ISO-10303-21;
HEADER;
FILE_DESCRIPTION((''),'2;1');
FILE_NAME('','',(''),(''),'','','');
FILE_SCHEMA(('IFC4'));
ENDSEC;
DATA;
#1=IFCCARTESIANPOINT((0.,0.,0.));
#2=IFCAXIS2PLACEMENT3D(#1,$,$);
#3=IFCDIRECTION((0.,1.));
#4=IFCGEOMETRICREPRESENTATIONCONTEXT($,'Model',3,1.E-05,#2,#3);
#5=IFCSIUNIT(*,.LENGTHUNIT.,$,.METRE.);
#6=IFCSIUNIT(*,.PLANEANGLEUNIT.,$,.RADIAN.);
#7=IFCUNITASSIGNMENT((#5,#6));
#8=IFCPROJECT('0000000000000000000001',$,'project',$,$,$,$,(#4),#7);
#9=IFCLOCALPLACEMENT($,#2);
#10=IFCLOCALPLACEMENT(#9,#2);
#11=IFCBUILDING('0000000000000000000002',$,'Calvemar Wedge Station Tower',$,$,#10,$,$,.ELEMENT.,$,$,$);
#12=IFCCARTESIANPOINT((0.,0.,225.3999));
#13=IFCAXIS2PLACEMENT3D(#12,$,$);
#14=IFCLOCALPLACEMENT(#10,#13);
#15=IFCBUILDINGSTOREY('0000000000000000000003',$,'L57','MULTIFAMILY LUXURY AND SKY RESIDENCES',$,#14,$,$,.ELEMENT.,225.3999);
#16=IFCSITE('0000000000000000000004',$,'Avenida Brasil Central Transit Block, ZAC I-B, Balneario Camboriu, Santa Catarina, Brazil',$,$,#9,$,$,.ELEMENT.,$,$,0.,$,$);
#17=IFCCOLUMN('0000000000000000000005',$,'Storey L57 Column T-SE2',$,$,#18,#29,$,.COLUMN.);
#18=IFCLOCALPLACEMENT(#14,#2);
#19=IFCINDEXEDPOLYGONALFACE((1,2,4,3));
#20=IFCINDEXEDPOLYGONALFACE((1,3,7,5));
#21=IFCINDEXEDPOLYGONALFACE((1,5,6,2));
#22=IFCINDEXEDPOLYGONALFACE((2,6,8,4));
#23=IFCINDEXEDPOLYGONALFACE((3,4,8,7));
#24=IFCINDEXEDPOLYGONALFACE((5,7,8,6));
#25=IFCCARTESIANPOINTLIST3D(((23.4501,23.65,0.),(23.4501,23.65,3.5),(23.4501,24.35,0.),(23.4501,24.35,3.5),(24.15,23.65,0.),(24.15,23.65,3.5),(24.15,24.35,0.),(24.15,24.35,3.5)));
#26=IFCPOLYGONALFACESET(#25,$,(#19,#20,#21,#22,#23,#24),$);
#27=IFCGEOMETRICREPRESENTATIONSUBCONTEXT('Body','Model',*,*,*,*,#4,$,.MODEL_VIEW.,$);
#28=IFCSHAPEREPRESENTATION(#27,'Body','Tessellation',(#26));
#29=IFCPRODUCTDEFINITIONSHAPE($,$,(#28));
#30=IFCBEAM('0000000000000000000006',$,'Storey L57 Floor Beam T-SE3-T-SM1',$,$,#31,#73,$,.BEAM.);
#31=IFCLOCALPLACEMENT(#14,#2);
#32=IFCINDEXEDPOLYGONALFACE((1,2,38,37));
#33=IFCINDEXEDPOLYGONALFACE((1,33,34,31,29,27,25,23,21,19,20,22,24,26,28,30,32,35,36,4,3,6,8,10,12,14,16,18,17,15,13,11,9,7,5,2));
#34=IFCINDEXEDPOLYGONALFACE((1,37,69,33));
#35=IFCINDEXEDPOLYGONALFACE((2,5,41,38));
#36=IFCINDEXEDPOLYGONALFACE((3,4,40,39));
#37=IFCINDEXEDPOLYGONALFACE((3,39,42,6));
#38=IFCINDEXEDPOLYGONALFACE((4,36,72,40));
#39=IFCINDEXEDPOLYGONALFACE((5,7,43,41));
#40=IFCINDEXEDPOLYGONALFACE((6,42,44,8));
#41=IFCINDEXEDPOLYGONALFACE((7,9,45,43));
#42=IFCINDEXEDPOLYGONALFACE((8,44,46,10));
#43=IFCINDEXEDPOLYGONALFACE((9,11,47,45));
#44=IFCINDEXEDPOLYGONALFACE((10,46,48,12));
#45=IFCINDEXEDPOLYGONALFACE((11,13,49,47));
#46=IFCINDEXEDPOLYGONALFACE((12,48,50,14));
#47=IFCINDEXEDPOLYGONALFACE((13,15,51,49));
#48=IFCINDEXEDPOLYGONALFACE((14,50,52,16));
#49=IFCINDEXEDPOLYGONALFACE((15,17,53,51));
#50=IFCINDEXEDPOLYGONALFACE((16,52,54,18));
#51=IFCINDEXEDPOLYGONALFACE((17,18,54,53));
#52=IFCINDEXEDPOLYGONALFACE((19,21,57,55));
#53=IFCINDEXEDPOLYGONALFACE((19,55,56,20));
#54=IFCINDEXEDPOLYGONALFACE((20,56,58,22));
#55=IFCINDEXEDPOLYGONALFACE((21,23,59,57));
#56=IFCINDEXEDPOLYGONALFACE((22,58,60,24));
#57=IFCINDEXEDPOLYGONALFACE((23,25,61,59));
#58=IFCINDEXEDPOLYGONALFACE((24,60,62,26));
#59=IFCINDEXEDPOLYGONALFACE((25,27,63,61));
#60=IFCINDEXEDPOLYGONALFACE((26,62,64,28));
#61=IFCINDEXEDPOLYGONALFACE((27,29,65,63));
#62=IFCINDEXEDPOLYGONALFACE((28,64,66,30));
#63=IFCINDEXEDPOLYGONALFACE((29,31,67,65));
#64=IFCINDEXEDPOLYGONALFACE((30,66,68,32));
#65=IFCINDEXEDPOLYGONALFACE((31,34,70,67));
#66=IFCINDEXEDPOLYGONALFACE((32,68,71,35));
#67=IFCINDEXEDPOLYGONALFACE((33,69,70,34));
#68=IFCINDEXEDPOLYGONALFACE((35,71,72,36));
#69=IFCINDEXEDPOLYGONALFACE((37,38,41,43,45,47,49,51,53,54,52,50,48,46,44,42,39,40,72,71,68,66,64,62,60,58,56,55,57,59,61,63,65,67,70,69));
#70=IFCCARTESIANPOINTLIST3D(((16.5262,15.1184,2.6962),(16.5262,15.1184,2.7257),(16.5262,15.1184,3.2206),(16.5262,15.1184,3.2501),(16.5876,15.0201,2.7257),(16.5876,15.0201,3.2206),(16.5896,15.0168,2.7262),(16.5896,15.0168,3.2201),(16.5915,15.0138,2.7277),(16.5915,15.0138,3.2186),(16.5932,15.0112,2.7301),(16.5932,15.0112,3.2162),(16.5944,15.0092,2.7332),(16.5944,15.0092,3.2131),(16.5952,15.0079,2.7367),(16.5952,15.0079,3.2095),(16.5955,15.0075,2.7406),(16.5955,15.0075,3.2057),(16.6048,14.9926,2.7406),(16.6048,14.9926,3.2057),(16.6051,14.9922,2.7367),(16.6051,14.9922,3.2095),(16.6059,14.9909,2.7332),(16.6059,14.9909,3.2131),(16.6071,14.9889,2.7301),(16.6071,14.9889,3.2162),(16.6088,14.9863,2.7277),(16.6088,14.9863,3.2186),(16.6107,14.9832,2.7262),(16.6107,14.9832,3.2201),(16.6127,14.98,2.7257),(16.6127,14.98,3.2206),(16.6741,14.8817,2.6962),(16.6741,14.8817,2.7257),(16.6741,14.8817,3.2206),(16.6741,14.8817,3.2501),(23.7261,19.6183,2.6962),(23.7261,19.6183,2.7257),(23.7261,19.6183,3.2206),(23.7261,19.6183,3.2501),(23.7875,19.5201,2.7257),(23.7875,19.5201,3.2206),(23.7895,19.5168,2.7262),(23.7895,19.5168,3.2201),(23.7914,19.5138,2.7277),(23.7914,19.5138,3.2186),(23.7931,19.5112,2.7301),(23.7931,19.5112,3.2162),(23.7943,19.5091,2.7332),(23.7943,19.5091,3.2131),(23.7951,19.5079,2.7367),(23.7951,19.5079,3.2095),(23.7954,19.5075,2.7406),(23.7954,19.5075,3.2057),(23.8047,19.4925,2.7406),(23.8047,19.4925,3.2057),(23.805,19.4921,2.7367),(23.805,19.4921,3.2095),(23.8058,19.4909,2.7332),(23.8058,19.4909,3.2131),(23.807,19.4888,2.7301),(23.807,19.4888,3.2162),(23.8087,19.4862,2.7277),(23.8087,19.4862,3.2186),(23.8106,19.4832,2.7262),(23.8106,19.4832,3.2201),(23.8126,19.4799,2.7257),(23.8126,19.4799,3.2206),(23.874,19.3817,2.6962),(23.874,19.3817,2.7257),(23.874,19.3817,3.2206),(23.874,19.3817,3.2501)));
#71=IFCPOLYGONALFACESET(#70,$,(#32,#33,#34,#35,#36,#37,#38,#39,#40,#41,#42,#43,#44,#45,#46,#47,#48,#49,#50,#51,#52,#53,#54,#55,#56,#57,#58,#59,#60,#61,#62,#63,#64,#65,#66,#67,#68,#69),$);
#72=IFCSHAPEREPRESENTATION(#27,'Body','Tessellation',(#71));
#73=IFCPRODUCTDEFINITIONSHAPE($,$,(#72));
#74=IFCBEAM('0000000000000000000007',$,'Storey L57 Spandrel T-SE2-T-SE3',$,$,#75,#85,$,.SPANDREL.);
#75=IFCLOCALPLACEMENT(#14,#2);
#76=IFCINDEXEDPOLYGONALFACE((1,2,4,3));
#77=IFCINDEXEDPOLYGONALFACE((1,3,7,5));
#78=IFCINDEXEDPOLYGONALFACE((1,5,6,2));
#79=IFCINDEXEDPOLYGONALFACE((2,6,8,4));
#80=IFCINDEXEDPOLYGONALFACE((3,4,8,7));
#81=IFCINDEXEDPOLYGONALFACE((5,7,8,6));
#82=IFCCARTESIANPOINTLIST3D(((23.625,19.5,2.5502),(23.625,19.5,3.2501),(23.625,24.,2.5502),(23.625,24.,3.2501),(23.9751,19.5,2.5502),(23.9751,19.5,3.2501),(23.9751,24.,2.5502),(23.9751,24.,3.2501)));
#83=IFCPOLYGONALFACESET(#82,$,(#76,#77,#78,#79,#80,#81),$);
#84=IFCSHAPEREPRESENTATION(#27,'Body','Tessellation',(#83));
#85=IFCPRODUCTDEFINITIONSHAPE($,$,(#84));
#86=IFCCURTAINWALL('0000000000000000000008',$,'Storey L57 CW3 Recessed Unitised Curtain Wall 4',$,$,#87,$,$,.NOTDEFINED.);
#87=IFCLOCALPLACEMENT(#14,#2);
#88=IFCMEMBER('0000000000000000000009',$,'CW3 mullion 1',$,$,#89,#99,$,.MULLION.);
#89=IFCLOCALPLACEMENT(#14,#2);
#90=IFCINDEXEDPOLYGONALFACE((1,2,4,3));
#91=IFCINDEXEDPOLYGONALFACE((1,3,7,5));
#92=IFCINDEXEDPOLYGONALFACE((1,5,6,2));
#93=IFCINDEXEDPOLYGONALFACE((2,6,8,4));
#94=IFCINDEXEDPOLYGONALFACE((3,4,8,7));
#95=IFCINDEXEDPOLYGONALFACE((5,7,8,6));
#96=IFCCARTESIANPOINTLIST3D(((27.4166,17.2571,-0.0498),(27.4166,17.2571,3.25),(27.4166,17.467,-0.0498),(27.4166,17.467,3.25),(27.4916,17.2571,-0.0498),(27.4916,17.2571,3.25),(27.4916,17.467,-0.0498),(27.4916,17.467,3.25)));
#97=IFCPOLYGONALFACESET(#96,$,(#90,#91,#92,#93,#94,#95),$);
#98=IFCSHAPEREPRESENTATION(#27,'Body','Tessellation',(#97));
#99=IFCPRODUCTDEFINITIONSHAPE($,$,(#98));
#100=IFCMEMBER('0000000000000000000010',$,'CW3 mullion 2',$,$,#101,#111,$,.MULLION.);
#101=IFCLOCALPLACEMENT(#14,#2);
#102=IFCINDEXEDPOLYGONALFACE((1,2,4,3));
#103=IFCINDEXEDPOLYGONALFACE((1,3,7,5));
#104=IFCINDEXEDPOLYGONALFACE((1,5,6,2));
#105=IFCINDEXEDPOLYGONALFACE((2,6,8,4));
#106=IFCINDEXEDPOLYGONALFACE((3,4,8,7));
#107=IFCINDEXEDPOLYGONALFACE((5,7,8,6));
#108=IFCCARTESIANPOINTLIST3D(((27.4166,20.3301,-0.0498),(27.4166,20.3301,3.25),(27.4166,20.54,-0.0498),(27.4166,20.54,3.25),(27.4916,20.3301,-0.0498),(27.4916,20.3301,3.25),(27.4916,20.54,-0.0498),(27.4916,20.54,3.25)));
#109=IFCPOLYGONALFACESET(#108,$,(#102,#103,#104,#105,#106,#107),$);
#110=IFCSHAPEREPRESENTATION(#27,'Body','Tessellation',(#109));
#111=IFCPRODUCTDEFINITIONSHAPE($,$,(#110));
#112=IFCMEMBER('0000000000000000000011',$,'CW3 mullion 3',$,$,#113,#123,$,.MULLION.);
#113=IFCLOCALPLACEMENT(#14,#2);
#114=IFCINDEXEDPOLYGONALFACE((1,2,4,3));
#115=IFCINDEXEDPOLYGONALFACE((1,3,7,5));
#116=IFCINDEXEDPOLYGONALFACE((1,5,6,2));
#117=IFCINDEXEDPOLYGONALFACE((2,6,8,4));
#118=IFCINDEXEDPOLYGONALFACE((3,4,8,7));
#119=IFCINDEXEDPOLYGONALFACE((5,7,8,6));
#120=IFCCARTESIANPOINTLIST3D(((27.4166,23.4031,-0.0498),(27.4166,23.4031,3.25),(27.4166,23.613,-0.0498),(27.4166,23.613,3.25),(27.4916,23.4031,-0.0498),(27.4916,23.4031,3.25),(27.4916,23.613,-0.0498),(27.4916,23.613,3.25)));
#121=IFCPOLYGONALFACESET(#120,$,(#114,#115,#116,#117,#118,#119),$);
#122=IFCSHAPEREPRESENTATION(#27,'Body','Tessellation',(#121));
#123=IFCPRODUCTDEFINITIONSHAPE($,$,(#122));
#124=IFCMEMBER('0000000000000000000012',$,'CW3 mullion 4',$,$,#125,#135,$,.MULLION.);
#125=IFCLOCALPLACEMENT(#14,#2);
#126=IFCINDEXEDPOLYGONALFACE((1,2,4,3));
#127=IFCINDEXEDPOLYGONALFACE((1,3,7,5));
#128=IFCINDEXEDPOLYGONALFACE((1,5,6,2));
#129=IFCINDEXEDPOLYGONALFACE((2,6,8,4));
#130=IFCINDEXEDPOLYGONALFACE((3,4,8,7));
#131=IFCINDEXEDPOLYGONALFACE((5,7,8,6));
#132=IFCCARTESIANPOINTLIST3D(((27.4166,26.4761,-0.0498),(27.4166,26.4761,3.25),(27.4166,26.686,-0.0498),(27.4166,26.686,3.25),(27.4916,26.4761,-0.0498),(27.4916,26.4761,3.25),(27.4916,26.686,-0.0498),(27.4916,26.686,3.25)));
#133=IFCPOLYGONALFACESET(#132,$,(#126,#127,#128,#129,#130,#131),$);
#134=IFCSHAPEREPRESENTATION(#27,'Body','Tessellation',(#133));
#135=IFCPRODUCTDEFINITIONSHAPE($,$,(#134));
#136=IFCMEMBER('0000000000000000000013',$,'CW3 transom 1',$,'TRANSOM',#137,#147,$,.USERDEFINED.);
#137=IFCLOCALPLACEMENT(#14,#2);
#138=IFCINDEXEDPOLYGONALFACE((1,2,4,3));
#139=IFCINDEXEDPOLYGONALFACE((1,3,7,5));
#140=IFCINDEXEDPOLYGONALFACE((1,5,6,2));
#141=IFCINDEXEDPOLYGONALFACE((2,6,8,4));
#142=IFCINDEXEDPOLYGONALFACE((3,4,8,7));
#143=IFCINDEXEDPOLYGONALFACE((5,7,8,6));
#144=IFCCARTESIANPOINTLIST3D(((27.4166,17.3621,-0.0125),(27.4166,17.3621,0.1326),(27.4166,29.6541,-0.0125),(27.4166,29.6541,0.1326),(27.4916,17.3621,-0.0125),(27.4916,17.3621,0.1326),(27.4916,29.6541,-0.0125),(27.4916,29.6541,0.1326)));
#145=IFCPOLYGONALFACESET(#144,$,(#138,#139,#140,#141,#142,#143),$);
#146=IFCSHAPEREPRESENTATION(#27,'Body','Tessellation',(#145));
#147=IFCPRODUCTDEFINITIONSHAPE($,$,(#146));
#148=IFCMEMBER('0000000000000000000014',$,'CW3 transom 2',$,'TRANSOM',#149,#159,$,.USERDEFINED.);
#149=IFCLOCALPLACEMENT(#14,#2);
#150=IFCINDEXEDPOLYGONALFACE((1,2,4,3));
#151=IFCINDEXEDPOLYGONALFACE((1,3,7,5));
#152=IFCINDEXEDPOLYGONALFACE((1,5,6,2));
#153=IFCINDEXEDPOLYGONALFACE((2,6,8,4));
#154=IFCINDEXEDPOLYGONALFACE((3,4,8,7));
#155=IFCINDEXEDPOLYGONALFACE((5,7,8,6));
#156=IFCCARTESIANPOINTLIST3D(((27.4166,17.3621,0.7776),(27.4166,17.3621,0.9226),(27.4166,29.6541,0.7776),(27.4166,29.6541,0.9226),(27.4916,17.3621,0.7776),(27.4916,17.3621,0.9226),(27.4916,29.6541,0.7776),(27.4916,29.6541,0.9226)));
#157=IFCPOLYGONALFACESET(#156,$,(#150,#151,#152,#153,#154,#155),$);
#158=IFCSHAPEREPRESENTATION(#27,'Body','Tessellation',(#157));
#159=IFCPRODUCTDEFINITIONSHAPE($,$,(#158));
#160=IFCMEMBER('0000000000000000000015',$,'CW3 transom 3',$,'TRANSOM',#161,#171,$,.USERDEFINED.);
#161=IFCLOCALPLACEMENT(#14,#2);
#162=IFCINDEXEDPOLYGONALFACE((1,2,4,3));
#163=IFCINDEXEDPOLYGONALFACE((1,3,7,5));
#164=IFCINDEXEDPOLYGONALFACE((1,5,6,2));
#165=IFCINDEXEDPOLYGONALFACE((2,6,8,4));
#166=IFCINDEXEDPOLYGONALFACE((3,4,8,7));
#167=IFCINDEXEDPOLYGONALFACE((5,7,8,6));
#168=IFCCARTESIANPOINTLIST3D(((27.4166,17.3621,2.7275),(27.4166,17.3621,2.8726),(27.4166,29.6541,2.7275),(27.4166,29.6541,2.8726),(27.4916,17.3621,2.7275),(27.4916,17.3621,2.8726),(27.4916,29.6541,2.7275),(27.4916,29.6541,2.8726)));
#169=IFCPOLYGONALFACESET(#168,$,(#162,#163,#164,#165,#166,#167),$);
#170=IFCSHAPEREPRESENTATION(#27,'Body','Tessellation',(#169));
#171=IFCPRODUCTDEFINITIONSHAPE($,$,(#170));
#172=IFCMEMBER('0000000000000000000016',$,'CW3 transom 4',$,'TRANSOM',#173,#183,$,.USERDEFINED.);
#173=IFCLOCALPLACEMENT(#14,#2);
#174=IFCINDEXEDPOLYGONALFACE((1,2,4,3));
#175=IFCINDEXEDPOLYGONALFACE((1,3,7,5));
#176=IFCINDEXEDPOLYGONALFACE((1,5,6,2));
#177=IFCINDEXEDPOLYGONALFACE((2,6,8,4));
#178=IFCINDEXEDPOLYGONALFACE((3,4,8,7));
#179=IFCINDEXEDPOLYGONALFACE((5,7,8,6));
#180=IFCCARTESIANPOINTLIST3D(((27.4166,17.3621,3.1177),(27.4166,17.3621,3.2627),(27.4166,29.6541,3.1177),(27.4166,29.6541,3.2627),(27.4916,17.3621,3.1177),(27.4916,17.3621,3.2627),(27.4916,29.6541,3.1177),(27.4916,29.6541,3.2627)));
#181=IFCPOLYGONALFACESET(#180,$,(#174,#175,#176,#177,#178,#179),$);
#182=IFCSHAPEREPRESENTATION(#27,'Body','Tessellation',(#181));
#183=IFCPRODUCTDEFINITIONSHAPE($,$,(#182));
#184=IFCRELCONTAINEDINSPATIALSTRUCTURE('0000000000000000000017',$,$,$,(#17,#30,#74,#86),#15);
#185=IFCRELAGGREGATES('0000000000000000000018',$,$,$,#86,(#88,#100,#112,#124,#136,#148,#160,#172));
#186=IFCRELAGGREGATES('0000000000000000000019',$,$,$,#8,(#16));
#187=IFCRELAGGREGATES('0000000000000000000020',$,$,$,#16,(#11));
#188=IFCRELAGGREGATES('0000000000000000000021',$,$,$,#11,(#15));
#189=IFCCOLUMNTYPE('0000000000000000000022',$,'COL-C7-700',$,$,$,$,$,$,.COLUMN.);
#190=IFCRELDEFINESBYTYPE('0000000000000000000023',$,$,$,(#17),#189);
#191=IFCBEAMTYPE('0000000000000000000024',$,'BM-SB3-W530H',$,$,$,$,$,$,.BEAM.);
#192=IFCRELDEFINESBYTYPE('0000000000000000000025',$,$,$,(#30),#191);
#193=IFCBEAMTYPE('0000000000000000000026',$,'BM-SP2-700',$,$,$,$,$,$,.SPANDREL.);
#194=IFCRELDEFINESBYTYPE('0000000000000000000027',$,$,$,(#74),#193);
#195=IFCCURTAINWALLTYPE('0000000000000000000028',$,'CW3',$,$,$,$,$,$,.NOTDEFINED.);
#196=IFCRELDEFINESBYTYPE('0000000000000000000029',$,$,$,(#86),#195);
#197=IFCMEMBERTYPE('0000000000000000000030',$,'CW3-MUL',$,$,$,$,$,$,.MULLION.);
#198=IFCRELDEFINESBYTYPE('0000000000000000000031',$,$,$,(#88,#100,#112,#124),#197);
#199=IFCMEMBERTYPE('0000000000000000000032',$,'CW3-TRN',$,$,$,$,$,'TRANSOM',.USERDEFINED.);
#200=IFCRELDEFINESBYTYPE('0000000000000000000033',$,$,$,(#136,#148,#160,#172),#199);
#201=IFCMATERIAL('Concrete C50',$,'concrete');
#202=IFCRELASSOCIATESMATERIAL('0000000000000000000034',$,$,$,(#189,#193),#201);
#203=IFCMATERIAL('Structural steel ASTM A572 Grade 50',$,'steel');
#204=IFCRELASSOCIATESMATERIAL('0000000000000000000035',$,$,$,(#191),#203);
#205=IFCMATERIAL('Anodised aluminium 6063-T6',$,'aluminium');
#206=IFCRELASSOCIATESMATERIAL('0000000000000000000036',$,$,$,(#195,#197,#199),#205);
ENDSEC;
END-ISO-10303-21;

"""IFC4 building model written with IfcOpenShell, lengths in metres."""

from ifc_helpers import new_model, si_unit, direction, frame, origin, origin_2d, place, context, subcontext, project, spatial, rectangle, i_section, extrude, source, transform, mapped, material, material_profile, profile_set, type_object, element, aggregate, save


model = new_model("IFC4")

# Units and contexts
model_context = context("Model", 3, precision=1e-05, world=origin(), true_north=direction((0.0, 1.0)))
body_context = subcontext(model_context, "Body", "Model", "MODEL_VIEW")
ifc_project = project(units=[si_unit("LENGTHUNIT", "METRE"), si_unit("PLANEANGLEUNIT", "RADIAN")], contexts=[model_context])

# Site, building, storey
site_placement = place(None, origin())
site = spatial("IfcSite", under=ifc_project, at=site_placement, Name="Avenida Brasil Central Transit Block, ZAC I-B, Balneario Camboriu, Santa Catarina, Brazil", CompositionType="ELEMENT", RefElevation=0.0)
building_placement = place(site_placement, origin())
building = spatial("IfcBuilding", under=site, at=building_placement, Name="Calvemar Wedge Station Tower", CompositionType="ELEMENT")
storey_placement = place(building_placement, frame((0.0, 0.0, 225.3999)))
storey = spatial("IfcBuildingStorey", under=building, at=storey_placement, Name="L57", Description="MULTIFAMILY LUXURY AND SKY RESIDENCES", CompositionType="ELEMENT", Elevation=225.3999)

# Column
ifc_material_1 = material(Name="Concrete C50", Category="concrete")
ifc_material_profile_1 = material_profile(ifc_material_1, rectangle(XDim=0.7, YDim=0.7, at=origin_2d()), Name="RC700x700")
ifc_profile_set_1 = profile_set([ifc_material_profile_1], Name="Concrete C50")
column_type = type_object("IfcColumnType", Name="COL-C7-700", PredefinedType="COLUMN", material=ifc_profile_set_1)
shared_shape_1 = source(origin(), body_context, "Body", "SweptSolid", [
    extrude(rectangle(XDim=0.7, YDim=0.7, at=origin_2d()), origin(), (0.0, 0.0, 1.0), 3.5),
])
column_placement = place(storey_placement, frame((23.8, 24.0, 0.0), z_axis=(0.0, 0.0, 1.0), x_axis=(1.0, 0.0, 0.0)))
element("IfcColumn", 1, at=column_placement, inside=storey, type_object=column_type, Name="Storey L57 Column T-SE2", PredefinedType="COLUMN", context=body_context, shape_type="MappedRepresentation", body=[
    mapped(shared_shape_1, transform((0.0, 0.0, 0.0), scale=1.0)),
])

# Beams
ifc_material_2 = material(Name="Structural steel ASTM A572 Grade 50", Category="steel")
ifc_material_profile_2 = material_profile(ifc_material_2, i_section(OverallWidth=0.2791, OverallDepth=0.554, WebThickness=0.0176, FlangeThickness=0.0295, FilletRadius=0.0149, at=origin_2d()), Name="W530x196")
ifc_profile_set_2 = profile_set([ifc_material_profile_2], Name="Structural steel ASTM A572 Grade 50")
beam_type_1 = type_object("IfcBeamType", Name="BM-SB3-W530H", PredefinedType="BEAM", material=ifc_profile_set_2)
shared_shape_2 = source(origin(), body_context, "Body", "SweptSolid", [
    extrude(i_section(OverallWidth=0.2791, OverallDepth=0.554, WebThickness=0.0176, FlangeThickness=0.0295, FilletRadius=0.0149, at=origin_2d()), origin(), (0.0, 0.0, 1.0), 8.4905),
])
beam_1_placement = place(storey_placement, frame((23.8, 19.5, 2.9731), z_axis=(-0.847997, -0.530002, 0.0), x_axis=(0.530002, -0.847997, 0.0)))
element("IfcBeam", 2, at=beam_1_placement, inside=storey, type_object=beam_type_1, Name="Storey L57 Floor Beam T-SE3-T-SM1", PredefinedType="BEAM", context=body_context, shape_type="MappedRepresentation", body=[
    mapped(shared_shape_2, transform((0.0, 0.0, 0.0), scale=1.0)),
])
ifc_material_profile_3 = material_profile(ifc_material_1, rectangle(XDim=0.3501, YDim=0.7, at=origin_2d()), Name="RC350x700")
ifc_profile_set_3 = profile_set([ifc_material_profile_3], Name="Concrete C50")
beam_type_2 = type_object("IfcBeamType", Name="BM-SP2-700", PredefinedType="SPANDREL", material=ifc_profile_set_3)
shared_shape_3 = source(origin(), body_context, "Body", "SweptSolid", [
    extrude(rectangle(XDim=0.3501, YDim=0.7, at=origin_2d()), origin(), (0.0, 0.0, 1.0), 4.5),
])
beam_2_placement = place(storey_placement, frame((23.8, 24.0, 2.9001), z_axis=(0.0, -1.0, 0.0), x_axis=(1.0, 0.0, 0.0)))
element("IfcBeam", 3, at=beam_2_placement, inside=storey, type_object=beam_type_2, Name="Storey L57 Spandrel T-SE2-T-SE3", PredefinedType="SPANDREL", context=body_context, shape_type="MappedRepresentation", body=[
    mapped(shared_shape_3, transform((0.0, 0.0, 0.0), scale=1.0)),
])

# Curtain wall, members
ifc_material_3 = material(Name="Anodised aluminium 6063-T6", Category="aluminium")
curtain_wall_type = type_object("IfcCurtainWallType", Name="CW3", PredefinedType="NOTDEFINED", material=ifc_material_3)
curtain_wall_placement = place(storey_placement, origin())
curtain_wall = element("IfcCurtainWall", 4, at=curtain_wall_placement, inside=storey, type_object=curtain_wall_type, Name="Storey L57 CW3 Recessed Unitised Curtain Wall 4", PredefinedType="NOTDEFINED")
ifc_material_profile_4 = material_profile(ifc_material_3, rectangle(XDim=0.075, YDim=0.21, at=origin_2d()), Name="AL-MUL-75x210")
ifc_profile_set_4 = profile_set([ifc_material_profile_4], Name="Anodised aluminium 6063-T6")
member_type_1 = type_object("IfcMemberType", Name="CW3-MUL", PredefinedType="MULLION", material=ifc_profile_set_4)
shared_shape_4 = source(origin(), body_context, "Body", "SweptSolid", [
    extrude(rectangle(XDim=0.075, YDim=0.21, at=origin_2d()), origin(), (0.0, 0.0, 1.0), 3.2998),
])
member_1_placement = place(storey_placement, frame((27.4541, 17.3621, -0.0498), z_axis=(0.0, 0.0, 1.0), x_axis=(1.0, 0.0, 0.0)))
member_1 = element("IfcMember", 5, at=member_1_placement, type_object=member_type_1, Name="CW3 mullion 1", PredefinedType="MULLION", context=body_context, shape_type="MappedRepresentation", body=[
    mapped(shared_shape_4, transform((0.0, 0.0, 0.0), scale=1.0)),
])
member_2_placement = place(storey_placement, frame((27.4541, 20.4351, -0.0498), z_axis=(0.0, 0.0, 1.0), x_axis=(1.0, 0.0, 0.0)))
member_2 = element("IfcMember", 6, at=member_2_placement, type_object=member_type_1, Name="CW3 mullion 2", PredefinedType="MULLION", context=body_context, shape_type="MappedRepresentation", body=[
    mapped(shared_shape_4, transform((0.0, 0.0, 0.0), scale=1.0)),
])
member_3_placement = place(storey_placement, frame((27.4541, 23.5081, -0.0498), z_axis=(0.0, 0.0, 1.0), x_axis=(1.0, 0.0, 0.0)))
member_3 = element("IfcMember", 7, at=member_3_placement, type_object=member_type_1, Name="CW3 mullion 3", PredefinedType="MULLION", context=body_context, shape_type="MappedRepresentation", body=[
    mapped(shared_shape_4, transform((0.0, 0.0, 0.0), scale=1.0)),
])
member_4_placement = place(storey_placement, frame((27.4541, 26.5811, -0.0498), z_axis=(0.0, 0.0, 1.0), x_axis=(1.0, 0.0, 0.0)))
member_4 = element("IfcMember", 8, at=member_4_placement, type_object=member_type_1, Name="CW3 mullion 4", PredefinedType="MULLION", context=body_context, shape_type="MappedRepresentation", body=[
    mapped(shared_shape_4, transform((0.0, 0.0, 0.0), scale=1.0)),
])
ifc_material_profile_5 = material_profile(ifc_material_3, rectangle(XDim=0.075, YDim=0.145, at=origin_2d()), Name="AL-TRN-75x145")
ifc_profile_set_5 = profile_set([ifc_material_profile_5], Name="Anodised aluminium 6063-T6")
member_type_2 = type_object("IfcMemberType", Name="CW3-TRN", ElementType="TRANSOM", PredefinedType="USERDEFINED", material=ifc_profile_set_5)
shared_shape_5 = source(origin(), body_context, "Body", "SweptSolid", [
    extrude(rectangle(XDim=0.075, YDim=0.145, at=origin_2d()), origin(), (0.0, 0.0, 1.0), 12.292),
])
member_5_placement = place(storey_placement, frame((27.4541, 17.3621, 0.0601), z_axis=(0.0, 1.0, 0.0), x_axis=(-1.0, 0.0, 0.0)))
member_5 = element("IfcMember", 9, at=member_5_placement, type_object=member_type_2, Name="CW3 transom 1", ObjectType="TRANSOM", PredefinedType="USERDEFINED", context=body_context, shape_type="MappedRepresentation", body=[
    mapped(shared_shape_5, transform((0.0, 0.0, 0.0), scale=1.0)),
])
member_6_placement = place(storey_placement, frame((27.4541, 17.3621, 0.8501), z_axis=(0.0, 1.0, 0.0), x_axis=(-1.0, 0.0, 0.0)))
member_6 = element("IfcMember", 10, at=member_6_placement, type_object=member_type_2, Name="CW3 transom 2", ObjectType="TRANSOM", PredefinedType="USERDEFINED", context=body_context, shape_type="MappedRepresentation", body=[
    mapped(shared_shape_5, transform((0.0, 0.0, 0.0), scale=1.0)),
])
member_7_placement = place(storey_placement, frame((27.4541, 17.3621, 2.8), z_axis=(0.0, 1.0, 0.0), x_axis=(-1.0, 0.0, 0.0)))
member_7 = element("IfcMember", 11, at=member_7_placement, type_object=member_type_2, Name="CW3 transom 3", ObjectType="TRANSOM", PredefinedType="USERDEFINED", context=body_context, shape_type="MappedRepresentation", body=[
    mapped(shared_shape_5, transform((0.0, 0.0, 0.0), scale=1.0)),
])
member_8_placement = place(storey_placement, frame((27.4541, 17.3621, 3.1902), z_axis=(0.0, 1.0, 0.0), x_axis=(-1.0, 0.0, 0.0)))
member_8 = element("IfcMember", 12, at=member_8_placement, type_object=member_type_2, Name="CW3 transom 4", ObjectType="TRANSOM", PredefinedType="USERDEFINED", context=body_context, shape_type="MappedRepresentation", body=[
    mapped(shared_shape_5, transform((0.0, 0.0, 0.0), scale=1.0)),
])
aggregate(curtain_wall, [member_1, member_2, member_3, member_4, member_5, member_6, member_7, member_8])

save(model, "model.ifc")
